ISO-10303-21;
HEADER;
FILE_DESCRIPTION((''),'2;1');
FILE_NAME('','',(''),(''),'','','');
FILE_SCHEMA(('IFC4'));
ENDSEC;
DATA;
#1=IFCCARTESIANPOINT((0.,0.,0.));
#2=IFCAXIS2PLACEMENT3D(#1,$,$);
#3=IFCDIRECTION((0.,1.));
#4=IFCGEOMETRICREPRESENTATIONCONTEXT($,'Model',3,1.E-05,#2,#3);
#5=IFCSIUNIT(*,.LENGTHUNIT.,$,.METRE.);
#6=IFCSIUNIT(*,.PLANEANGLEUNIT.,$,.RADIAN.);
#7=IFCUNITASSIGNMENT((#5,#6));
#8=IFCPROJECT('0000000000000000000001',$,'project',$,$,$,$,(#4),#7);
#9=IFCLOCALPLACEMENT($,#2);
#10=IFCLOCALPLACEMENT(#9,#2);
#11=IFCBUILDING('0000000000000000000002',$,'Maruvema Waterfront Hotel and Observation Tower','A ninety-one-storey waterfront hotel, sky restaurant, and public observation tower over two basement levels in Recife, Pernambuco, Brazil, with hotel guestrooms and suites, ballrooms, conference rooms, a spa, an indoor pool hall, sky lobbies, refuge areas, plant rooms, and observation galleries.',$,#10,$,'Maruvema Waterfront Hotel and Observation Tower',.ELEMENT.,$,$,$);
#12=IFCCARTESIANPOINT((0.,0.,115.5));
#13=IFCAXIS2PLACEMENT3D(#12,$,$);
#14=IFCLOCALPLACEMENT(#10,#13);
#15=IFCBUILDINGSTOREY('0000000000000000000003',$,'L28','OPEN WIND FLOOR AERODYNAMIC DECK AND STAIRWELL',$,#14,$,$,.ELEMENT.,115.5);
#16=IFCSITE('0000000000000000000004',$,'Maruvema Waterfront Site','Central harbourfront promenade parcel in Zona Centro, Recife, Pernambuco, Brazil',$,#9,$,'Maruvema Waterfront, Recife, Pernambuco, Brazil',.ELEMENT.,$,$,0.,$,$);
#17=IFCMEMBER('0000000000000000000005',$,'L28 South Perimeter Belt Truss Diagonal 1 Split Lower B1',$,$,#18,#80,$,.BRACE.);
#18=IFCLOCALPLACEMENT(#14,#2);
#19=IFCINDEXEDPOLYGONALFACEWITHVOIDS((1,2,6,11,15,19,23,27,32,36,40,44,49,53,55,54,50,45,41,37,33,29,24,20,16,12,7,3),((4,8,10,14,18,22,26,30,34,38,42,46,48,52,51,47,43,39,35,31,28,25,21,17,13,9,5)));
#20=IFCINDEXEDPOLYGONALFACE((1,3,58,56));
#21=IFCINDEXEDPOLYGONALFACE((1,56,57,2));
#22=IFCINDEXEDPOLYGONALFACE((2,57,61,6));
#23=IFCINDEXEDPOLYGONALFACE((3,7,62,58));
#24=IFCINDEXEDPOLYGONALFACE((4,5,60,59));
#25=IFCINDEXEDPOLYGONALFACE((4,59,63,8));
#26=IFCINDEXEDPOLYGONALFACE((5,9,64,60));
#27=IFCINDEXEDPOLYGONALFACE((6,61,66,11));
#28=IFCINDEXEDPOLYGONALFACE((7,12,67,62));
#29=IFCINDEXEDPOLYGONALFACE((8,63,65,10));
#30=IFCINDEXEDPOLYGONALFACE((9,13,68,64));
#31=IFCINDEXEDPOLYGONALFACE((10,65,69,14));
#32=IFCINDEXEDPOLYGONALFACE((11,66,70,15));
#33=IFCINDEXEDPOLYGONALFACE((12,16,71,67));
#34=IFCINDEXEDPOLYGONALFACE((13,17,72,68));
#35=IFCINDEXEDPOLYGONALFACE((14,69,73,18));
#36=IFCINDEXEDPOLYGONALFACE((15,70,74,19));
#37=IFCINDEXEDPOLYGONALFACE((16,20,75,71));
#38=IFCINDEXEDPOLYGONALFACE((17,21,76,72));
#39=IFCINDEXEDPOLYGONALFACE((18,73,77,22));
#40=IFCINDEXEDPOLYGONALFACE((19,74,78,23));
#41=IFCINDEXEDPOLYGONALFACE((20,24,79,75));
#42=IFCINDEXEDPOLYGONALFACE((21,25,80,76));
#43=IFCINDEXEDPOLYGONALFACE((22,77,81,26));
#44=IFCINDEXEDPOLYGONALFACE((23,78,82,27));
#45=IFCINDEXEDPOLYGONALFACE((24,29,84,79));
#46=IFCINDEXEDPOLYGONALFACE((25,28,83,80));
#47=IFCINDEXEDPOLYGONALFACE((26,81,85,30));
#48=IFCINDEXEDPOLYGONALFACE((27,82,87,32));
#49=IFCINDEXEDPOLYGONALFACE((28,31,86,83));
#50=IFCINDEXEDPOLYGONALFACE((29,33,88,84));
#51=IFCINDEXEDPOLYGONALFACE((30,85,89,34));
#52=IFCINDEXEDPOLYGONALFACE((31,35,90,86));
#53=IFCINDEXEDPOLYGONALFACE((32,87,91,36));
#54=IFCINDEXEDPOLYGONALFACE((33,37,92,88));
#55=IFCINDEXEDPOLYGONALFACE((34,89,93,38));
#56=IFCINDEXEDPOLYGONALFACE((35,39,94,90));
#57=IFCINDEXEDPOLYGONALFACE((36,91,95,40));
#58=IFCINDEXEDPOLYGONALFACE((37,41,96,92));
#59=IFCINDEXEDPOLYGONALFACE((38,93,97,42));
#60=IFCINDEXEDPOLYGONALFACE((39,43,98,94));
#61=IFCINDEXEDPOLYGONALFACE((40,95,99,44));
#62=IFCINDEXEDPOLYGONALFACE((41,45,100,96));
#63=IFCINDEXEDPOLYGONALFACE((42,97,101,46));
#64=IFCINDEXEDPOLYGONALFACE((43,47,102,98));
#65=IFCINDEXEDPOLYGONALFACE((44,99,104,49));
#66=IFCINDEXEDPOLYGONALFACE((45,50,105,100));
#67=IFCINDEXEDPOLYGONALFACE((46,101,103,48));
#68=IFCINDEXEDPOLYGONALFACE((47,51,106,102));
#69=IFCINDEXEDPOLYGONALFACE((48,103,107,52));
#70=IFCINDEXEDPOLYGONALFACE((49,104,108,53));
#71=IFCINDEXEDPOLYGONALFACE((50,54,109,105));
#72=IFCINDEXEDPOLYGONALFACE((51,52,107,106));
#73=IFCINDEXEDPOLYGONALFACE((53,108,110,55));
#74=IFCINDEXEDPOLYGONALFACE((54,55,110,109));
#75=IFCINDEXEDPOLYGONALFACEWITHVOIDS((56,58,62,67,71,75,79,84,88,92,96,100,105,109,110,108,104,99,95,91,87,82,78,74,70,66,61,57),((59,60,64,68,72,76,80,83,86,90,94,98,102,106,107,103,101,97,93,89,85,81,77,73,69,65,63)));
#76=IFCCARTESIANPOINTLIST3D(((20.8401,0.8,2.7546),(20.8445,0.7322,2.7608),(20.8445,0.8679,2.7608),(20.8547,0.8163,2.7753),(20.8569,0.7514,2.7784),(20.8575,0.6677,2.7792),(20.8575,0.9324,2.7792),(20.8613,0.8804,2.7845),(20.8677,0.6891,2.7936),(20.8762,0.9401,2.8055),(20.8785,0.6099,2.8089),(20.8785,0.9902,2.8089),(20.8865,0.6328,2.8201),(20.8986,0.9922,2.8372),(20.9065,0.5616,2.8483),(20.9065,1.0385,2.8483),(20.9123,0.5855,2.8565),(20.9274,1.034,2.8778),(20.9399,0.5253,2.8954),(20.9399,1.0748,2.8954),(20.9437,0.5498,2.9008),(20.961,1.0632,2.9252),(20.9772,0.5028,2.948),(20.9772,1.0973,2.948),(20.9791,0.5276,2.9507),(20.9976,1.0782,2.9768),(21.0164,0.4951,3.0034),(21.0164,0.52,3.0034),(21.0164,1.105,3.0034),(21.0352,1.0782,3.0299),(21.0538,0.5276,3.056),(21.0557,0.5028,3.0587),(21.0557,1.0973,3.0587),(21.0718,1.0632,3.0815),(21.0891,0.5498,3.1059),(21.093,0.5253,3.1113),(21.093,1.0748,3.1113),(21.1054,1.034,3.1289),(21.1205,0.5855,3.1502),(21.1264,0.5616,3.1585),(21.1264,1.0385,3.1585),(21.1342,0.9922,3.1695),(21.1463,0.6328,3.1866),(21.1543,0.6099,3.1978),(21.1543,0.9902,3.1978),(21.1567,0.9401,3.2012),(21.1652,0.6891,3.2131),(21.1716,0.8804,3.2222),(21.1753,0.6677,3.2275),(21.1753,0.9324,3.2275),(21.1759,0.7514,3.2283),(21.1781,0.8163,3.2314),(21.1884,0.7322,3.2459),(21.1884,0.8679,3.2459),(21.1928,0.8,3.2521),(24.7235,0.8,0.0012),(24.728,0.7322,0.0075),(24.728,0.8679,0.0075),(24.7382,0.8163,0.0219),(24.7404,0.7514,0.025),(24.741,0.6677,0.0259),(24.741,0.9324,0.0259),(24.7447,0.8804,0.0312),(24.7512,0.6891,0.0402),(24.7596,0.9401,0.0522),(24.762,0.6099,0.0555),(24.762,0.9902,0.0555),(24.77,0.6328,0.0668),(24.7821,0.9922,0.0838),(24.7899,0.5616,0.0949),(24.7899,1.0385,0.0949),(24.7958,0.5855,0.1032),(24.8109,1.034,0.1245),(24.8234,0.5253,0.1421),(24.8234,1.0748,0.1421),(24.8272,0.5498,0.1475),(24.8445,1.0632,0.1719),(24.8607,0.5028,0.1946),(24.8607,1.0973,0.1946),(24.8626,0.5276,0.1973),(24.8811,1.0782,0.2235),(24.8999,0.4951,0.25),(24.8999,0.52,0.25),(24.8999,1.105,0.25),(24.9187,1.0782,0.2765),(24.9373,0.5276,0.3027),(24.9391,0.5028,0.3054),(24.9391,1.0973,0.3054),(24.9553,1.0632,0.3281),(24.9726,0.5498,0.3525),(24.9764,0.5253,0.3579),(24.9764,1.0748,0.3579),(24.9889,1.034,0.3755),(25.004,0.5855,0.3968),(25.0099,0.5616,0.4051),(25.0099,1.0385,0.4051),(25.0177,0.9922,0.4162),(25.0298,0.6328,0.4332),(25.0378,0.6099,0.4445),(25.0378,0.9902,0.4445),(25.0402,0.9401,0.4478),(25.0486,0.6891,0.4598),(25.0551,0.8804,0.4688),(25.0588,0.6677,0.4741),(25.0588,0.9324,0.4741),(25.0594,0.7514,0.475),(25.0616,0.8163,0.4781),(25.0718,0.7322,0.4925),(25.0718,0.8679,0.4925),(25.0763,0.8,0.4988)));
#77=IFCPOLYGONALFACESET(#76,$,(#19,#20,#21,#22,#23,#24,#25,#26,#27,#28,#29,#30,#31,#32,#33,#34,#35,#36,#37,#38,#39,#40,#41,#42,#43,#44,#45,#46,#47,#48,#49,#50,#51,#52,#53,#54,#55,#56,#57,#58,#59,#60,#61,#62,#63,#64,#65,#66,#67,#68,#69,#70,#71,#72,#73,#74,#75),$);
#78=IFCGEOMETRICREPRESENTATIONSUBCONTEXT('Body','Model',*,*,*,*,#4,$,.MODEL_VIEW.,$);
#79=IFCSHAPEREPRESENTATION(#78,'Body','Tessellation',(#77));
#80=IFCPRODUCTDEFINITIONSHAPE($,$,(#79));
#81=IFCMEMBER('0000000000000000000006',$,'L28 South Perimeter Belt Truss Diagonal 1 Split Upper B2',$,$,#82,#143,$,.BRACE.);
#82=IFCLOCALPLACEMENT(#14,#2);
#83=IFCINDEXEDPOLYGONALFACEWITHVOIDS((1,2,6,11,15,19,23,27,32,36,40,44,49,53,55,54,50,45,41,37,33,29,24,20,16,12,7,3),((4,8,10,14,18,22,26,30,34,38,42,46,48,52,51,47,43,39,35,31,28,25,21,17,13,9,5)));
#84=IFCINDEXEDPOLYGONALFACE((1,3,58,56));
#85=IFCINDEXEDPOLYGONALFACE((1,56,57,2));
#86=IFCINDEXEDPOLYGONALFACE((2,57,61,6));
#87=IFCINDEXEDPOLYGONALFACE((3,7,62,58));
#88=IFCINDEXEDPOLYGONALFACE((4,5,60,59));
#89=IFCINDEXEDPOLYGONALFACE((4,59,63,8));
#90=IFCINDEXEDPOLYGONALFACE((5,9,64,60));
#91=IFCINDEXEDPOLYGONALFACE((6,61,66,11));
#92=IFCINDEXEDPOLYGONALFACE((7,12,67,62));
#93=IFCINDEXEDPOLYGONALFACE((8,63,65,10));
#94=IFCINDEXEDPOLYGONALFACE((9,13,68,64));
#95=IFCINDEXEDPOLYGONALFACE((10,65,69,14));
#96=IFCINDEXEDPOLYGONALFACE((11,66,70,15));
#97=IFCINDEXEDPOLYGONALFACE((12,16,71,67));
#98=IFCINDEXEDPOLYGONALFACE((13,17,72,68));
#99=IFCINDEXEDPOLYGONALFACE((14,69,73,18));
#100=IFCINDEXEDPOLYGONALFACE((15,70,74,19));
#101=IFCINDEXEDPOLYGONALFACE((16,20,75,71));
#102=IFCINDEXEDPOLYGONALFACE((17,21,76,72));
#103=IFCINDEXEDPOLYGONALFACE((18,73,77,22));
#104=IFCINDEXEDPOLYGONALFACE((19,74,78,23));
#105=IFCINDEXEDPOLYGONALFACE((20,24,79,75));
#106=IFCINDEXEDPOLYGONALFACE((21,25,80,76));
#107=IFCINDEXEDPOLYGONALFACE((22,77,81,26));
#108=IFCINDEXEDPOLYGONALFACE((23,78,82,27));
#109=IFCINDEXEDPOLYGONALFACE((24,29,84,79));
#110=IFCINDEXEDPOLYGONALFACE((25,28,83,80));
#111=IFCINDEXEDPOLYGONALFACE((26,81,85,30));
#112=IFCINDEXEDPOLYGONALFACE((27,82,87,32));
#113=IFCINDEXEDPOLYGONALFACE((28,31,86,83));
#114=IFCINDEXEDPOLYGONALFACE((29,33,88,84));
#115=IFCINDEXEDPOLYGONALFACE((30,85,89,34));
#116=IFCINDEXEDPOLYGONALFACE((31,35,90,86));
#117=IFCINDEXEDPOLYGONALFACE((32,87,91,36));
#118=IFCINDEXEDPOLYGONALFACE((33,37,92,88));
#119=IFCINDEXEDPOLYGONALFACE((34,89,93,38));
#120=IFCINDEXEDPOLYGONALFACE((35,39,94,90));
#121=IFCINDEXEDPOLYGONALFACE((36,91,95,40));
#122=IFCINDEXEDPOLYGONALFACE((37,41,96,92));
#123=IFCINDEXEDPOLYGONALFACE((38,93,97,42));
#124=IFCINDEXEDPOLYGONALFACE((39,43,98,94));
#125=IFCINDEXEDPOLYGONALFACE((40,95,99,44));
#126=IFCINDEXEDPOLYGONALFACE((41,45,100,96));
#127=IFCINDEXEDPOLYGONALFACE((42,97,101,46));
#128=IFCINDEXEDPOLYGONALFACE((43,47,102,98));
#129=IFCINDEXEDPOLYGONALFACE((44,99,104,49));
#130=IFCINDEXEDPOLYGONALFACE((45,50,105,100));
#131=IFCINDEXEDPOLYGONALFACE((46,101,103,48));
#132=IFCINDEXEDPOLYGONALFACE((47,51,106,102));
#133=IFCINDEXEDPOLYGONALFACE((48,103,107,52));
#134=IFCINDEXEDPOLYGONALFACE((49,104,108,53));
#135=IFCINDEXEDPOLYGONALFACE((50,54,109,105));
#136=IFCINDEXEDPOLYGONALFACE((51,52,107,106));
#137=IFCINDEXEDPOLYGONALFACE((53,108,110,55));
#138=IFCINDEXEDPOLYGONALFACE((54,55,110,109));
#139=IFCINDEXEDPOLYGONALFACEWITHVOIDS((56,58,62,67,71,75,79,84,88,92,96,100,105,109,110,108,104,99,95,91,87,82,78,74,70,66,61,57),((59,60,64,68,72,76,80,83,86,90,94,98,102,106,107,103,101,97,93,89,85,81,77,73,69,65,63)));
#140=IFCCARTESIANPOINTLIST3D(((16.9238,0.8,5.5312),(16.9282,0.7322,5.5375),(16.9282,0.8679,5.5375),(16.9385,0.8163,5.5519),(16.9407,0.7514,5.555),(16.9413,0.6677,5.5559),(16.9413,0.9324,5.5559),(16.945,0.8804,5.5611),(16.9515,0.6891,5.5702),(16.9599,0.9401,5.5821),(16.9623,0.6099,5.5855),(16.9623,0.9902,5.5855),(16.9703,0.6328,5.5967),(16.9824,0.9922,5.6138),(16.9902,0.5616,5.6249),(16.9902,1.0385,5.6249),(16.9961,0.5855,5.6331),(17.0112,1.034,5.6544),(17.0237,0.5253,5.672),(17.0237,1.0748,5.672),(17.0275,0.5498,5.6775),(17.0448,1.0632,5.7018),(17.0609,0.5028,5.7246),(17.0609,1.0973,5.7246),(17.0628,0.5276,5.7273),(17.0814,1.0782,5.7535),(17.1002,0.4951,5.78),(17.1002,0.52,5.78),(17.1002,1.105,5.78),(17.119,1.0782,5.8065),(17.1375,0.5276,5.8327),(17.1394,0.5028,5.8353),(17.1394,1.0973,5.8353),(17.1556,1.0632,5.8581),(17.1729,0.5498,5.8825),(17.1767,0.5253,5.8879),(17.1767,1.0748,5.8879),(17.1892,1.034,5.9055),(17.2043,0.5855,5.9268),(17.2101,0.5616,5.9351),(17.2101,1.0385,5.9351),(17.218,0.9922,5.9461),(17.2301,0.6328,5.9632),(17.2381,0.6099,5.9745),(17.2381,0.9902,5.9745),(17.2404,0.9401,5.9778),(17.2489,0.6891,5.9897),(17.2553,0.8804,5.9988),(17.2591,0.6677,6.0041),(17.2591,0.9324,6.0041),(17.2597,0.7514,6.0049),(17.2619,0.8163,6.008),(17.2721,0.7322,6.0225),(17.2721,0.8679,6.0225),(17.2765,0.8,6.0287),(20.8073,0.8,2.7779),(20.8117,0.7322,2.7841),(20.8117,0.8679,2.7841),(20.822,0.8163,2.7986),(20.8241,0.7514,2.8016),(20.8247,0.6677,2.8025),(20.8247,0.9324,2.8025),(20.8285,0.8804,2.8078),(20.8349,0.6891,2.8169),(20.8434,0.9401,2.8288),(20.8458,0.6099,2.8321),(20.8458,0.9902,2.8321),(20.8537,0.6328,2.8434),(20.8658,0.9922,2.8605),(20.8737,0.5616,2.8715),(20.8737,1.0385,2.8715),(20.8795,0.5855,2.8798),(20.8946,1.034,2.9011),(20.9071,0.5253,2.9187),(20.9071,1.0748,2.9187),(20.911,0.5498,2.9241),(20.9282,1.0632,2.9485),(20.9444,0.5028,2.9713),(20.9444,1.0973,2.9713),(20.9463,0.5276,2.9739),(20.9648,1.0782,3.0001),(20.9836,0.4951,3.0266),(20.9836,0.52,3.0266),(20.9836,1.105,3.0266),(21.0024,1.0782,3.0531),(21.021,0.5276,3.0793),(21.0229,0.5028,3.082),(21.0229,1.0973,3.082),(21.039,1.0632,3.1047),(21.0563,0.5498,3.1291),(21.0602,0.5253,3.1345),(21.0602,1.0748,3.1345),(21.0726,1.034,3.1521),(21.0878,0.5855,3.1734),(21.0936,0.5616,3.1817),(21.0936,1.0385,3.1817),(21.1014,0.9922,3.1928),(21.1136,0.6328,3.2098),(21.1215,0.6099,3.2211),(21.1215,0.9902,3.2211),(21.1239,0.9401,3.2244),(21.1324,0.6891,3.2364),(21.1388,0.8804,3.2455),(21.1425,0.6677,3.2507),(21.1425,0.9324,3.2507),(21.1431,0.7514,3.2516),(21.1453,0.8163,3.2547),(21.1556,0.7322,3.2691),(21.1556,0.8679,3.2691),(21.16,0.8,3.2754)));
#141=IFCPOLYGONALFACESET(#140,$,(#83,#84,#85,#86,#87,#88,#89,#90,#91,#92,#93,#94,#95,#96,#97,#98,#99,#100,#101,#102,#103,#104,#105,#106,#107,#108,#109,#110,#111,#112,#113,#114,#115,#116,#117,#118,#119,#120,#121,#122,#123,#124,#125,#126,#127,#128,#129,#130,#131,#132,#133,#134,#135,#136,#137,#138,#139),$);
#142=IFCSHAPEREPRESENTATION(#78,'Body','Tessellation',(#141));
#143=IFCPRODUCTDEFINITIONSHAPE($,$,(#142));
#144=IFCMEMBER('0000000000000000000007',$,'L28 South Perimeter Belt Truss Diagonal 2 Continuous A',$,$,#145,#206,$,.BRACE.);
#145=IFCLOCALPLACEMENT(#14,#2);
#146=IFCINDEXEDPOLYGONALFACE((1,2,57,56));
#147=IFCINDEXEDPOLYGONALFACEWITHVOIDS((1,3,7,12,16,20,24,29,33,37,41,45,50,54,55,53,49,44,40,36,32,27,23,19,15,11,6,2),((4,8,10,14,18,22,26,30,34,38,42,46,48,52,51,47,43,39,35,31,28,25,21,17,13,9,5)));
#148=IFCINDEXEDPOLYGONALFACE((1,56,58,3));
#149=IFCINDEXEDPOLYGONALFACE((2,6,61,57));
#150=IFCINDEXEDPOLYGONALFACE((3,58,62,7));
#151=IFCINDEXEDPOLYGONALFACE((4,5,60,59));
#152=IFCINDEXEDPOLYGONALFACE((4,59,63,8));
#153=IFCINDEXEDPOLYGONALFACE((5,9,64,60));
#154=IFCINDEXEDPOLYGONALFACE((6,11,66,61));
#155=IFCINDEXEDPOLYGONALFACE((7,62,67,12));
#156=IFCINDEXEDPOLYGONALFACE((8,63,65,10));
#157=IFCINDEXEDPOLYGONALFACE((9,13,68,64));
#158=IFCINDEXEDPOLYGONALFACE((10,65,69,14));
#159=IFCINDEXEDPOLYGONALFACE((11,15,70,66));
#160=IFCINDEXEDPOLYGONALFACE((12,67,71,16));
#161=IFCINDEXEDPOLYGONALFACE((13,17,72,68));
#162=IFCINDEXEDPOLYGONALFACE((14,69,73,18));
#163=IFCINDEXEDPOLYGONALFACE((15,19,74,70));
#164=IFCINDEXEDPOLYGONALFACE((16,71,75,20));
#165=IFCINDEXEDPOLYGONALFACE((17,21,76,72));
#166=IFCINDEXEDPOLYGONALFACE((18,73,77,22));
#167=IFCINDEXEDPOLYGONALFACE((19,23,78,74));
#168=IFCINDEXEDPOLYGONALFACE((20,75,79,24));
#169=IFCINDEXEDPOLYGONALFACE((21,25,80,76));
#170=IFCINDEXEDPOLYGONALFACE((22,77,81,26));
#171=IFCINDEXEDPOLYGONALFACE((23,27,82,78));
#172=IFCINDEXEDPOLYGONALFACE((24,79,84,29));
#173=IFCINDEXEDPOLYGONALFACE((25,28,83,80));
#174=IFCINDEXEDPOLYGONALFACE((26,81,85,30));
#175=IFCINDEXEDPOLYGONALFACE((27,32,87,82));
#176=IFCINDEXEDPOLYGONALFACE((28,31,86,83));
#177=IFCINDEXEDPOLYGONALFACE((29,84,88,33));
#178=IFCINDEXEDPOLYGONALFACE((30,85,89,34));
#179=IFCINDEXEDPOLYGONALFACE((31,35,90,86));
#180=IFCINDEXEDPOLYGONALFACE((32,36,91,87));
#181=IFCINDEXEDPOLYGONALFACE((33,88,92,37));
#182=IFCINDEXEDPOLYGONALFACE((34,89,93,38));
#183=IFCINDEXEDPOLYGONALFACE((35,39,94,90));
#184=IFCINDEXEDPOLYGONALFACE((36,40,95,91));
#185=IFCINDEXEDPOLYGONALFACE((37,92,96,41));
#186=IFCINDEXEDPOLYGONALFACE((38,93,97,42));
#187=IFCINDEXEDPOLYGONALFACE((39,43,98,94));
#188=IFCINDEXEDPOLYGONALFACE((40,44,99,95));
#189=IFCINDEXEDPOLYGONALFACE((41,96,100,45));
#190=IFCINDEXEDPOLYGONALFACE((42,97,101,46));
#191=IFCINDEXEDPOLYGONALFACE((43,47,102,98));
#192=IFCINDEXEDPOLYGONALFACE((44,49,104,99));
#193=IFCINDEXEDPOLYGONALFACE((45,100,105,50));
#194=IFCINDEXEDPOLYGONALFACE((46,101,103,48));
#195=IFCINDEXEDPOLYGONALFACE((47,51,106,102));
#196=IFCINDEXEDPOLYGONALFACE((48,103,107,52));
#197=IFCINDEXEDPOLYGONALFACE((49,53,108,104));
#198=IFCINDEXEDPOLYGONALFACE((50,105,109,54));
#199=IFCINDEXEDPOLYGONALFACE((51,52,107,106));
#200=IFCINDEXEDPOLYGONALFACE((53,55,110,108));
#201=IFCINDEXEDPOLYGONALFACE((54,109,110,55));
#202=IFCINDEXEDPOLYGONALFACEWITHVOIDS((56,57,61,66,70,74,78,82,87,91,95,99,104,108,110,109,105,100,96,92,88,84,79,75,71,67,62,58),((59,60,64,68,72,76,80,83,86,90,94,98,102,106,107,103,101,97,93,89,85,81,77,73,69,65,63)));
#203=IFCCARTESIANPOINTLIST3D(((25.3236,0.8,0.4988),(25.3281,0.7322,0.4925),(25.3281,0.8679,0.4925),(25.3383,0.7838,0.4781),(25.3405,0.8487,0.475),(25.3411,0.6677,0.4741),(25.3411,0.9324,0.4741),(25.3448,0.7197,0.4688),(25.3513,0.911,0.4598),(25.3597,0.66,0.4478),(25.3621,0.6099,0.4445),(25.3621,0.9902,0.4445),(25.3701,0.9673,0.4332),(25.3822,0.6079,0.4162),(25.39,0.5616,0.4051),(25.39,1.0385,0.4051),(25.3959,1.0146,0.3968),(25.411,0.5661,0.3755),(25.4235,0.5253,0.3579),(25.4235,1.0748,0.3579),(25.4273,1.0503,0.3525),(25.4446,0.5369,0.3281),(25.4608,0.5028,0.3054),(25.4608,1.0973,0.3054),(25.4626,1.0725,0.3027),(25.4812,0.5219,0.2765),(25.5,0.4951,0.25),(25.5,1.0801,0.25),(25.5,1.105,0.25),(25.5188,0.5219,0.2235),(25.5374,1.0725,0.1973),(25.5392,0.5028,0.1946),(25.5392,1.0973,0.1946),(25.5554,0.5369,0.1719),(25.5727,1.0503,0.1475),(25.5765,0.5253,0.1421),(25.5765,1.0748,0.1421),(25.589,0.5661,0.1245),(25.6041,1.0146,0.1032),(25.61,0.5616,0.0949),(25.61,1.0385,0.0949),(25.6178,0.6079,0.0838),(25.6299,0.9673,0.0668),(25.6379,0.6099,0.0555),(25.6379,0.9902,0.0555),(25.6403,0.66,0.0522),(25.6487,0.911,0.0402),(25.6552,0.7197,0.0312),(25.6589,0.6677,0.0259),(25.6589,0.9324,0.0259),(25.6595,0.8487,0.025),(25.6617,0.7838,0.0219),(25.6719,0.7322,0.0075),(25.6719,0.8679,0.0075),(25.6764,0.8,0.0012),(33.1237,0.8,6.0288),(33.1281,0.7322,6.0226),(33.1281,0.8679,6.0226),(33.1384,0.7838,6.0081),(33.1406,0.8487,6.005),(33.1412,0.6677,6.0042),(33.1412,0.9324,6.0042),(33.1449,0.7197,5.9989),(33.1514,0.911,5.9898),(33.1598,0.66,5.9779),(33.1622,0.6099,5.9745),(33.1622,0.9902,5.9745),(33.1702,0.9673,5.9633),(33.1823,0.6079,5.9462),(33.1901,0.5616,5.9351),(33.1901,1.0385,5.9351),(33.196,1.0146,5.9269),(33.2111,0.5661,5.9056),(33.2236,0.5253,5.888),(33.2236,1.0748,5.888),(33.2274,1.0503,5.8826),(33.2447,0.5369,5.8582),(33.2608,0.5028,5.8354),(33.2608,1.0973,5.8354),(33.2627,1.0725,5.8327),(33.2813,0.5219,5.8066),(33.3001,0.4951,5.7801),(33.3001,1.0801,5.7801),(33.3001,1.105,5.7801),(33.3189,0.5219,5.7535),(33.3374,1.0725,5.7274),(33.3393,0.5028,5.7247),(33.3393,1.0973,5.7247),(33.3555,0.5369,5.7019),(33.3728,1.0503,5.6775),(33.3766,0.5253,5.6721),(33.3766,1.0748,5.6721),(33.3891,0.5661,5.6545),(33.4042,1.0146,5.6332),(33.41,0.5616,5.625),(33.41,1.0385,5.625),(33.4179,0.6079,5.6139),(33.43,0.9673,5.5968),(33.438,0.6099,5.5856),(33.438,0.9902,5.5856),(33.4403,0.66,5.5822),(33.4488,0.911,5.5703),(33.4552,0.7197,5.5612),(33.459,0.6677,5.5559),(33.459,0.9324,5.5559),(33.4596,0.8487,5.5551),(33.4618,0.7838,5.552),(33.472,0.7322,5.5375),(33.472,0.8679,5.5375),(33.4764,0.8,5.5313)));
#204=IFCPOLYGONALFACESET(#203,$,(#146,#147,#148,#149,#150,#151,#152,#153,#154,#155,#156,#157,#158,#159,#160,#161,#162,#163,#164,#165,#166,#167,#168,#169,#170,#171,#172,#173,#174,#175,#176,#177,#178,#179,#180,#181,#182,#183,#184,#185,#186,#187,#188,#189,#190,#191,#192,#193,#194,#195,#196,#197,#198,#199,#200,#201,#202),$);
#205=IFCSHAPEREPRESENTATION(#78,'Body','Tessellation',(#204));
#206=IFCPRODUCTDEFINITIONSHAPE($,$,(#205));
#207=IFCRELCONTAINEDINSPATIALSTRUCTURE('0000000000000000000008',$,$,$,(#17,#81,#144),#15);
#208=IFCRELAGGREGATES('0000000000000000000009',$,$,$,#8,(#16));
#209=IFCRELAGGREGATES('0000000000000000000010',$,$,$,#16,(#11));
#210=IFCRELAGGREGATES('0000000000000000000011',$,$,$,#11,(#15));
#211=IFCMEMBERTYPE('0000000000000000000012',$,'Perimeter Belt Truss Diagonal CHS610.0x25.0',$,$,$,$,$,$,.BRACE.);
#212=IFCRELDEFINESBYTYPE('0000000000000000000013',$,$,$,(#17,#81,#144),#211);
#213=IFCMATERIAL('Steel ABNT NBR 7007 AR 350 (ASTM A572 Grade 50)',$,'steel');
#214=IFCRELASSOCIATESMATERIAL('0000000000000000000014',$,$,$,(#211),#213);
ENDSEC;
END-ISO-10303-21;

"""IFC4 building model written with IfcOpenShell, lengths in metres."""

from ifc_helpers import new_model, si_unit, direction, frame, origin, origin_2d, place, context, subcontext, project, spatial, hollow_circle, extrude, material, material_profile, profile_set, type_object, element, save


model = new_model("IFC4")

# Units and contexts
model_context = context("Model", 3, precision=1e-05, world=origin(), true_north=direction((0.0, 1.0)))
body_context = subcontext(model_context, "Body", "Model", "MODEL_VIEW")
ifc_project = project(units=[si_unit("LENGTHUNIT", "METRE"), si_unit("PLANEANGLEUNIT", "RADIAN")], contexts=[model_context])

# Site, building, storey
site_placement = place(None, origin())
site = spatial("IfcSite", under=ifc_project, at=site_placement, Name="Maruvema Waterfront Site", Description="Central harbourfront promenade parcel in Zona Centro, Recife, Pernambuco, Brazil", LongName="Maruvema Waterfront, Recife, Pernambuco, Brazil", CompositionType="ELEMENT", RefElevation=0.0)
building_placement = place(site_placement, origin())
building = spatial("IfcBuilding", under=site, at=building_placement, Name="Maruvema Waterfront Hotel and Observation Tower", Description="A ninety-one-storey waterfront hotel, sky restaurant, and public observation tower over two basement levels in Recife, Pernambuco, Brazil, with hotel guestrooms and suites, ballrooms, conference rooms, a spa, an indoor pool hall, sky lobbies, refuge areas, plant rooms, and observation galleries.", LongName="Maruvema Waterfront Hotel and Observation Tower", CompositionType="ELEMENT")
storey_placement = place(building_placement, frame((0.0, 0.0, 115.5)))
storey = spatial("IfcBuildingStorey", under=building, at=storey_placement, Name="L28", Description="OPEN WIND FLOOR AERODYNAMIC DECK AND STAIRWELL", CompositionType="ELEMENT", Elevation=115.5)

# Members
ifc_material_1 = material(Name="Steel ABNT NBR 7007 AR 350 (ASTM A572 Grade 50)", Category="steel")
ifc_material_profile_1 = material_profile(ifc_material_1, hollow_circle(Radius=0.3049, WallThickness=0.0249, at=origin_2d()), Name="CHS610.0x25.0")
ifc_profile_set_1 = profile_set([ifc_material_profile_1], Name="Steel ABNT NBR 7007 AR 350 (ASTM A572 Grade 50)")
member_type_1 = type_object("IfcMemberType", Name="Perimeter Belt Truss Diagonal CHS610.0x25.0", PredefinedType="BRACE", material=ifc_profile_set_1)
for number, where, z_axis, x_axis, name in (
    (1, (24.8999, 0.8, 0.25), (-0.815769, 0.0, 0.578377), (0.0, -1.0, 0.0), "L28 South Perimeter Belt Truss Diagonal 1 Split Lower B1"),
    (2, (20.9836, 0.8, 3.0266), (-0.815769, 0.0, 0.578377), (0.0, -1.0, 0.0), "L28 South Perimeter Belt Truss Diagonal 1 Split Upper B2"),
):
    element("IfcMember", number, at=place(storey_placement, frame(where, z_axis=z_axis, x_axis=x_axis)), inside=storey, type_object=member_type_1, Name=name, PredefinedType="BRACE", context=body_context, shape_type="SweptSolid", body=[
        extrude(hollow_circle(Radius=0.3049, WallThickness=0.0249, at=origin_2d()), origin(), (0.0, 0.0, 1.0), 4.7605),
    ])
member_1_placement = place(storey_placement, frame((25.5, 0.8, 0.25), z_axis=(0.815778, 0.0, 0.578365), x_axis=(0.0, 1.0, 0.0)))
element("IfcMember", 3, at=member_1_placement, inside=storey, type_object=member_type_1, Name="L28 South Perimeter Belt Truss Diagonal 2 Continuous A", PredefinedType="BRACE", context=body_context, shape_type="SweptSolid", body=[
    extrude(hollow_circle(Radius=0.3049, WallThickness=0.0249, at=origin_2d()), origin(), (0.0, 0.0, 1.0), 9.5615),
])

save(model, "model.ifc")
